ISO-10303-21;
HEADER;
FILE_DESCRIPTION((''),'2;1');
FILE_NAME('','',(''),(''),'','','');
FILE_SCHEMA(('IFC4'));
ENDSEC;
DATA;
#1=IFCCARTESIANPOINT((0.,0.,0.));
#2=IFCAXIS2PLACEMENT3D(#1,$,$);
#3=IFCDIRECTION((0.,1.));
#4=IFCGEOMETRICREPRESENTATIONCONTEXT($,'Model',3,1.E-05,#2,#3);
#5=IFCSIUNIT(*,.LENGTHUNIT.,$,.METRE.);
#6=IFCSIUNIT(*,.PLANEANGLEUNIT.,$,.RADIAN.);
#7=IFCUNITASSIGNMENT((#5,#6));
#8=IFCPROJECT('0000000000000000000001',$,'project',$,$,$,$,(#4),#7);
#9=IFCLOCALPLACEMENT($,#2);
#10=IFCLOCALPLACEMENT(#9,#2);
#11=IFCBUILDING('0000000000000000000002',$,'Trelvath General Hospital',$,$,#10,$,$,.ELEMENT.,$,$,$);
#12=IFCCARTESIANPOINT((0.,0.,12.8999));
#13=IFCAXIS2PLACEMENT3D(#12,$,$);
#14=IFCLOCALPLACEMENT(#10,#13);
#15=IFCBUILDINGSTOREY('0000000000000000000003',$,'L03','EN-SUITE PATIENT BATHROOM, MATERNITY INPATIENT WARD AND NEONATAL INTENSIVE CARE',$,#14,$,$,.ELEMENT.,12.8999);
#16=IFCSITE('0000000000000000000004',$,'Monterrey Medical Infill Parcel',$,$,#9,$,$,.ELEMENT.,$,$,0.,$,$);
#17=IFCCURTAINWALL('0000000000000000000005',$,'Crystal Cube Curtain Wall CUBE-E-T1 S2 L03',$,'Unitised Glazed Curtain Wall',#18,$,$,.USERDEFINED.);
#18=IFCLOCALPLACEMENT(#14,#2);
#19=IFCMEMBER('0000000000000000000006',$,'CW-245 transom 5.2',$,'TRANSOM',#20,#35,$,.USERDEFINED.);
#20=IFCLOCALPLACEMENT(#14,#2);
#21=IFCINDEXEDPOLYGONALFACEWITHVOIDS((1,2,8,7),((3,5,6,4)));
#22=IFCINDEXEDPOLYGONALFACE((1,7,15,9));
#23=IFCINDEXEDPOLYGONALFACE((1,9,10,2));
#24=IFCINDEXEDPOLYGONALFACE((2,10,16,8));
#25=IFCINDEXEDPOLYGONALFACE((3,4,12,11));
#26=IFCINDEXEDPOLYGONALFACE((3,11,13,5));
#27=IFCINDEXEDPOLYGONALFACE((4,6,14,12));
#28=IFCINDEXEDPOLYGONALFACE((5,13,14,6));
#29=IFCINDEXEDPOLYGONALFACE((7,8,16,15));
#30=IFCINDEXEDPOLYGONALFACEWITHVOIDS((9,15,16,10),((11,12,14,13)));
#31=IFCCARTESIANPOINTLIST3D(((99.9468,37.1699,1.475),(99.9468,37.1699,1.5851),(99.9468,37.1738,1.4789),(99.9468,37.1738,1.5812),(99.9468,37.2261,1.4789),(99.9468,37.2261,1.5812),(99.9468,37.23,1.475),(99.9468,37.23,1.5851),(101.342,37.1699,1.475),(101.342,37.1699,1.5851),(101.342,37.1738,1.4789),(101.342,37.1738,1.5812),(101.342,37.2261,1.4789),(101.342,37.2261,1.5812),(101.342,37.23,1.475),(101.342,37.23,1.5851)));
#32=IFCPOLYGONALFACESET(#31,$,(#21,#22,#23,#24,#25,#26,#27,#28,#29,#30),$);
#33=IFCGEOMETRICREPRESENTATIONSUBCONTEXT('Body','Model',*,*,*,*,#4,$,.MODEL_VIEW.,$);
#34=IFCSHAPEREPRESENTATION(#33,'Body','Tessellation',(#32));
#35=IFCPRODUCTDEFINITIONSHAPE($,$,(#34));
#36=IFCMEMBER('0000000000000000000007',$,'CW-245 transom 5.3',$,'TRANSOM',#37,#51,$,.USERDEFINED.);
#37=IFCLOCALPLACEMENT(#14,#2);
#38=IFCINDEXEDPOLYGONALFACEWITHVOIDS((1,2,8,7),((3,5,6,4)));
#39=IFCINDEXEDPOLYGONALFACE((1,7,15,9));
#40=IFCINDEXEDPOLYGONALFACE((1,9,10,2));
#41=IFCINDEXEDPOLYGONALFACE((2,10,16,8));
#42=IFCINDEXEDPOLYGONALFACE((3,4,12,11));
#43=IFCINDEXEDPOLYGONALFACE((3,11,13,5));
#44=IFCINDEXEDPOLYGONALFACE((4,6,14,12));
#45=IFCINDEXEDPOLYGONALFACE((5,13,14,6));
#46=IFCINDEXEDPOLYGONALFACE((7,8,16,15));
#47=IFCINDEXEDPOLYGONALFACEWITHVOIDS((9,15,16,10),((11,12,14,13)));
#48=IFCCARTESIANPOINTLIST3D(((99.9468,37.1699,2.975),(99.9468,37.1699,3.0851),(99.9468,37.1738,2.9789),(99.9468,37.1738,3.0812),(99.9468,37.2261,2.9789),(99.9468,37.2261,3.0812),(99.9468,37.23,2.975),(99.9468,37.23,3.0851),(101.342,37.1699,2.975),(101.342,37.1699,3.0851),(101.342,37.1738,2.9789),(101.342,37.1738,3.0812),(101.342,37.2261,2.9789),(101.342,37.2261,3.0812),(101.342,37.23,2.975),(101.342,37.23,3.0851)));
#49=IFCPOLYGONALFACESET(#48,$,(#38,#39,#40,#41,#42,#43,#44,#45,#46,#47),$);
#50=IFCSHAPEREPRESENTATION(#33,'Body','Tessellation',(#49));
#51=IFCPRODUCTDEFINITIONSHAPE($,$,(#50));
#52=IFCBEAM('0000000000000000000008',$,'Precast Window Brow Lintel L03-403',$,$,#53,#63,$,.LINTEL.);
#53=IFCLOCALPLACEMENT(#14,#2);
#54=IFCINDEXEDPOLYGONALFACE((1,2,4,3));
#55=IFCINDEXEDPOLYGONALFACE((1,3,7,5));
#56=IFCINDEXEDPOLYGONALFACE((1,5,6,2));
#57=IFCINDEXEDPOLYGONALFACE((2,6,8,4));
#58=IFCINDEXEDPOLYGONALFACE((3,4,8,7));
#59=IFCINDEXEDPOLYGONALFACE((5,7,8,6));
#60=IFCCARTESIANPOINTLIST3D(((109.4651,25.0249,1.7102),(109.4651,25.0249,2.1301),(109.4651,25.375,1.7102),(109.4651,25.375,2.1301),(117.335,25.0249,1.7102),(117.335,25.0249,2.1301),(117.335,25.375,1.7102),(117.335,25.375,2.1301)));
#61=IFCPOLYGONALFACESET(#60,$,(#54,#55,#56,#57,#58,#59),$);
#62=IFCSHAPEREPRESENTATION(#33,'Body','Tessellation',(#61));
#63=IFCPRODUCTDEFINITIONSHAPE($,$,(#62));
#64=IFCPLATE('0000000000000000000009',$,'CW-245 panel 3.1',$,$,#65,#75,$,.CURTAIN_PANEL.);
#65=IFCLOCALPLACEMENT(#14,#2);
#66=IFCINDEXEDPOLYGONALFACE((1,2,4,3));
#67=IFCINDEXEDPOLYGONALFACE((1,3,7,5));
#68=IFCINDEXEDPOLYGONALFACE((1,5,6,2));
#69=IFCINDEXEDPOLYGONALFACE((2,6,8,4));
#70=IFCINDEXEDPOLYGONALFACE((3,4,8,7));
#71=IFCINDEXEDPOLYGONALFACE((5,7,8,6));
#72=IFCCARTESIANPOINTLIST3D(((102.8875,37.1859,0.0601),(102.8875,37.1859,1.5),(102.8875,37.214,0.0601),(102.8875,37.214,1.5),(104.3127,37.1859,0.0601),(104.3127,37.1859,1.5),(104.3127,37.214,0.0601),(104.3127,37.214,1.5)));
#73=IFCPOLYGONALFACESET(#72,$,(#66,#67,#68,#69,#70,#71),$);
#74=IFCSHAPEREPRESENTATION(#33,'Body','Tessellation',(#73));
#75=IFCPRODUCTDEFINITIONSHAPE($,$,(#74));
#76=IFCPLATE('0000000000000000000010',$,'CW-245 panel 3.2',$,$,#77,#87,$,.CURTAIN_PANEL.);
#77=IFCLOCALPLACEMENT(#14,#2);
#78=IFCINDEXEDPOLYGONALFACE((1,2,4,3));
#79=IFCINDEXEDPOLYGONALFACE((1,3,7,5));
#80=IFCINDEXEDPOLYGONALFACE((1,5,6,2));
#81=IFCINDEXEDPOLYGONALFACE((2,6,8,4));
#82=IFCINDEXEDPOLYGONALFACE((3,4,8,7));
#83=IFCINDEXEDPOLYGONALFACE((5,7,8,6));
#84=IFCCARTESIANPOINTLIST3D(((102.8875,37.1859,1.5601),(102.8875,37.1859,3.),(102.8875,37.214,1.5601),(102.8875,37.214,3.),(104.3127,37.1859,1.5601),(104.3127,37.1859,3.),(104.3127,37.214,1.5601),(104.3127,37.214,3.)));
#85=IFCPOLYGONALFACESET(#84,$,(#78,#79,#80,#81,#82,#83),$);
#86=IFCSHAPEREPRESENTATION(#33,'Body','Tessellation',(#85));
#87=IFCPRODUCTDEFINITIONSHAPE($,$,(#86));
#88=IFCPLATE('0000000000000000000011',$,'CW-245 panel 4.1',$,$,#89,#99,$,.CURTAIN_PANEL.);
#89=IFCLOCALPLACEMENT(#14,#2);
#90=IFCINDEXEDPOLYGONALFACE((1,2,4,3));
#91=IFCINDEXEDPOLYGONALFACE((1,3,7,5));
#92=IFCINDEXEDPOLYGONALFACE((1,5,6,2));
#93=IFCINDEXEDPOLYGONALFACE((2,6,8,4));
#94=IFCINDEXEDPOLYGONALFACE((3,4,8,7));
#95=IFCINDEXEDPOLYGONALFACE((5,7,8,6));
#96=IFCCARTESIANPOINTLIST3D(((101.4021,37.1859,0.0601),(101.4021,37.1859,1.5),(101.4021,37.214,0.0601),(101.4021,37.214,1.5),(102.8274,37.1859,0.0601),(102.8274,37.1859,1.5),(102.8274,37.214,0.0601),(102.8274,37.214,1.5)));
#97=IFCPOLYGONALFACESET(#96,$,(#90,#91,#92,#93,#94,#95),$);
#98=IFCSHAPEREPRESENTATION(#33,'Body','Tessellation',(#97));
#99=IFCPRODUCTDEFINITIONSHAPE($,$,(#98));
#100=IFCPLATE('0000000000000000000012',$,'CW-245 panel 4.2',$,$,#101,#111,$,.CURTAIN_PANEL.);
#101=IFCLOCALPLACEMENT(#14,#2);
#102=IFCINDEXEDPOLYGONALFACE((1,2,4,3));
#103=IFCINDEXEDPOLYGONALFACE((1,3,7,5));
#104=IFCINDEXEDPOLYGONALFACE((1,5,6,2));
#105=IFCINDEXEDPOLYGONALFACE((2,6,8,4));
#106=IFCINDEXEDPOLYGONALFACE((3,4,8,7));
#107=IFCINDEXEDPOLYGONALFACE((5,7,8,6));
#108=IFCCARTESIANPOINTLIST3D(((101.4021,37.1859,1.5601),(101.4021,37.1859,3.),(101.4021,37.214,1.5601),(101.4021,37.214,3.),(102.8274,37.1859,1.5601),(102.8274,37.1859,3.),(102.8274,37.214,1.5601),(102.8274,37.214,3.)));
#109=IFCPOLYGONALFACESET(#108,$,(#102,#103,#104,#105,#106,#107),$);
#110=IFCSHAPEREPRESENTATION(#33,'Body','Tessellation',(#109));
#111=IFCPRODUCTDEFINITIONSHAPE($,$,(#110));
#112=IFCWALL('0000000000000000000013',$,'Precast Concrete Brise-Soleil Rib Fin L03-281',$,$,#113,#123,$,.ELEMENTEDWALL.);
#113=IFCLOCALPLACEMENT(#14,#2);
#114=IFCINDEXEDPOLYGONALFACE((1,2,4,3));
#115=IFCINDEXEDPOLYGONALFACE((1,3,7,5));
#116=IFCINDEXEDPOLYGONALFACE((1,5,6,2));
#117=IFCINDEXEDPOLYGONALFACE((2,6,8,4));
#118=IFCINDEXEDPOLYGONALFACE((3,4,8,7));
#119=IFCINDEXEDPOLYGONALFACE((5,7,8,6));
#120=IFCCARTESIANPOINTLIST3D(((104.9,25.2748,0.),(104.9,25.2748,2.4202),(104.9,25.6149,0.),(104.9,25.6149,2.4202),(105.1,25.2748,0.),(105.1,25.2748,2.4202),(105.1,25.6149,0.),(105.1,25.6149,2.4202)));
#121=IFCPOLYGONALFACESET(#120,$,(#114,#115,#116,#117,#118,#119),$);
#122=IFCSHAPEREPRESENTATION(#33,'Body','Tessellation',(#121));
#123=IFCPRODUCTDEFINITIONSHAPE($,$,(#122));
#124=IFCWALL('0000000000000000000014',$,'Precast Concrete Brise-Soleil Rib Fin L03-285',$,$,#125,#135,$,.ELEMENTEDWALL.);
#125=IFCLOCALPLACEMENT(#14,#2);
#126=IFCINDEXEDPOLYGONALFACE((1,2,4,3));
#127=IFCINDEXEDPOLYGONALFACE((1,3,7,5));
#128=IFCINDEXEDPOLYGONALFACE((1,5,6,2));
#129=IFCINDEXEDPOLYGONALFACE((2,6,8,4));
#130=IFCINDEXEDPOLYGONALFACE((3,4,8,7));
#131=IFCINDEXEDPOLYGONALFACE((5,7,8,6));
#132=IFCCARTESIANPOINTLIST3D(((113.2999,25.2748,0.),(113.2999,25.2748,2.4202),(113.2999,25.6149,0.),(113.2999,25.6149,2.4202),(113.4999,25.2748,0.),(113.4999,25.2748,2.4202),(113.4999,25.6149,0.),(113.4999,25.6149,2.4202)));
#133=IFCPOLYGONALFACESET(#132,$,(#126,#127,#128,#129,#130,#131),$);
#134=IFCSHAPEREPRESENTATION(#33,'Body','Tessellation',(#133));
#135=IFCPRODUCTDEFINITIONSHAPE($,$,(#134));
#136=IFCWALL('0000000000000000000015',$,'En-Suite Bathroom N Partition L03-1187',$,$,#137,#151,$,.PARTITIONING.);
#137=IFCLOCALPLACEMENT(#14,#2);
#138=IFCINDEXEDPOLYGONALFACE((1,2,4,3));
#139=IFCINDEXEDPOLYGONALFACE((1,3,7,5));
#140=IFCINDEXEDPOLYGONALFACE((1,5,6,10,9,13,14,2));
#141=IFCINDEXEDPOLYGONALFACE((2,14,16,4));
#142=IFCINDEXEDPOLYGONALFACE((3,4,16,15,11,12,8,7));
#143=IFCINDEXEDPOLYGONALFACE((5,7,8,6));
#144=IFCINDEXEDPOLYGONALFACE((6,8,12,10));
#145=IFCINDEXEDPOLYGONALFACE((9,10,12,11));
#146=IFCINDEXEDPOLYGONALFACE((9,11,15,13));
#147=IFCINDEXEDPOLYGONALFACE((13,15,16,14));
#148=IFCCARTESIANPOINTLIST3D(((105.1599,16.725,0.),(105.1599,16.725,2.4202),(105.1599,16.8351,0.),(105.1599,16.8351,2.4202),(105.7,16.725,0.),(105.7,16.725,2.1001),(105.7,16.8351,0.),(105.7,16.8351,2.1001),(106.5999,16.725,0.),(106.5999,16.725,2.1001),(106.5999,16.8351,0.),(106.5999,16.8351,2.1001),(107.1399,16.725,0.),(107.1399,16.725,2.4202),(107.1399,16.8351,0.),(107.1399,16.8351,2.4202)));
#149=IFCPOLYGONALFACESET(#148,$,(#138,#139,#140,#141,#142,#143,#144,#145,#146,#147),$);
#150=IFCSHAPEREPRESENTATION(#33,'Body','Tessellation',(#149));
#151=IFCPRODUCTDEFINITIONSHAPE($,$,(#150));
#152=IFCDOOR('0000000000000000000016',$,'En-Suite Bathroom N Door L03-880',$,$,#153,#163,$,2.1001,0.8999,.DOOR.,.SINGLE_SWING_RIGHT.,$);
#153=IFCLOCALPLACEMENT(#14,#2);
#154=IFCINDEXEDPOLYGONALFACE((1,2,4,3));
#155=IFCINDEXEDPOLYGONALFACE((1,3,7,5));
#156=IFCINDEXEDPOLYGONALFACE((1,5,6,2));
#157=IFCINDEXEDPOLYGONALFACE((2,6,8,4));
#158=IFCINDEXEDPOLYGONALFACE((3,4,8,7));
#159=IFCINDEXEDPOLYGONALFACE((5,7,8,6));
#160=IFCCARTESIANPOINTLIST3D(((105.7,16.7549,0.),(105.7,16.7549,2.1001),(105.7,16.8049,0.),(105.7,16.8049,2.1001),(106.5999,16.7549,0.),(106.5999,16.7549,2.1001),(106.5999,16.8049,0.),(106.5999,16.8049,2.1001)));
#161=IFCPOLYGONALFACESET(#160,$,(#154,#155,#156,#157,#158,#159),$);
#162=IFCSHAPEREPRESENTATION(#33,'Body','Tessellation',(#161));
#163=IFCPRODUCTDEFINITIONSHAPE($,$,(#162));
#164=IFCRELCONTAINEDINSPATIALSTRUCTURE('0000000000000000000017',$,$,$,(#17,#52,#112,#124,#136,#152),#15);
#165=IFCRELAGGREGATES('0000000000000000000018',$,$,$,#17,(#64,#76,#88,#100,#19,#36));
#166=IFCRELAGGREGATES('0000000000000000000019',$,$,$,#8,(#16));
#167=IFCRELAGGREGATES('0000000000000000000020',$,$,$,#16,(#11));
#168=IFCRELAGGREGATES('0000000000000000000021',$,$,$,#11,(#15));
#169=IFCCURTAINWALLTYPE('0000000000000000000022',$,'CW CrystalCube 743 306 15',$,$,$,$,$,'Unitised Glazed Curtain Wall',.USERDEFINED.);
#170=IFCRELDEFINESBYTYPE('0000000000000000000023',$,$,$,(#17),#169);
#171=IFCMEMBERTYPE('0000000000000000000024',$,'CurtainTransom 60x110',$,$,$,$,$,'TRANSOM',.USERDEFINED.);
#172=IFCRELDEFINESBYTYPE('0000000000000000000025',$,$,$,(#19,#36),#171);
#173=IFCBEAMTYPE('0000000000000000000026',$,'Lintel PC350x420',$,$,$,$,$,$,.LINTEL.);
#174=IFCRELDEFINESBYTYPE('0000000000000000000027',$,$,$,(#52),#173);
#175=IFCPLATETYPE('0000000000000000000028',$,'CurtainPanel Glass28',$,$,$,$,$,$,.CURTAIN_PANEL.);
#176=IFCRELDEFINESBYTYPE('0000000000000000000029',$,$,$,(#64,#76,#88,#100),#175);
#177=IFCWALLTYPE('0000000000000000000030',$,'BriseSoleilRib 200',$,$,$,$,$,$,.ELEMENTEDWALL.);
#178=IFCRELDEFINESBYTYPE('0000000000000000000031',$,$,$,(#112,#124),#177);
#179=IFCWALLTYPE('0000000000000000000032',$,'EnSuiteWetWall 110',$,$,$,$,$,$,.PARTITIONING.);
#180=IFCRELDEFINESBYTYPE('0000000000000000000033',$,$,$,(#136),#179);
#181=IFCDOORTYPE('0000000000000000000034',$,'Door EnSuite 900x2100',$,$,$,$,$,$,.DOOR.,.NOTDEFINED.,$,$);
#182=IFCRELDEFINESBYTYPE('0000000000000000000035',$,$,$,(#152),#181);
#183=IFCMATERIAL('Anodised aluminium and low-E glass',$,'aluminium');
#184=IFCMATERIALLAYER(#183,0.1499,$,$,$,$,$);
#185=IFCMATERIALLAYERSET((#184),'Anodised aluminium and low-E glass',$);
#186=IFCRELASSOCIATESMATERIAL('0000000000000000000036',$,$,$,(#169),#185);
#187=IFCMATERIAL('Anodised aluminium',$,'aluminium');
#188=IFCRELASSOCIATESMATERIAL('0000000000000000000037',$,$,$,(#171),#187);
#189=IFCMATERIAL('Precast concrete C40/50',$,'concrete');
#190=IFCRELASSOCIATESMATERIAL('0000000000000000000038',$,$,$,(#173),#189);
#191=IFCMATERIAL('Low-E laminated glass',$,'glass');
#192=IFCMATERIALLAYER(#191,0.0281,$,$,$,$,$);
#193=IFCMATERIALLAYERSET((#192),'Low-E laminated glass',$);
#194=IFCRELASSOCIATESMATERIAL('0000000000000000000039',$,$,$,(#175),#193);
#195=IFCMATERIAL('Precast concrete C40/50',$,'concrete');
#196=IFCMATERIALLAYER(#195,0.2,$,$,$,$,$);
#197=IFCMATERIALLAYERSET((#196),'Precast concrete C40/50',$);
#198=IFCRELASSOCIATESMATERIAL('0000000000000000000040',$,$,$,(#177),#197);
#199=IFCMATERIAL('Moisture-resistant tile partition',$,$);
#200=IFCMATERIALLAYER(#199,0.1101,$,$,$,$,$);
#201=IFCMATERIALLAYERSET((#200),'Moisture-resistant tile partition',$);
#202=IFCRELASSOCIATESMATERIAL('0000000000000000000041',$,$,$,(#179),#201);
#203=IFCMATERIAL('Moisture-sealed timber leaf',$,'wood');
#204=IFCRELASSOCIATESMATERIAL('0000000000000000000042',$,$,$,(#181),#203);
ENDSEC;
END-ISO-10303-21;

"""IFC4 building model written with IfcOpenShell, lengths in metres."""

from ifc_helpers import new_model, si_unit, direction, frame, frame_2d, origin, origin_2d, place, context, subcontext, project, spatial, rectangle, hollow_rectangle, extrude, material, layer, layer_set, material_profile, profile_set, type_object, element, fill, aggregate, save


model = new_model("IFC4")

# Units and contexts
model_context = context("Model", 3, precision=1e-05, world=origin(), true_north=direction((0.0, 1.0)))
body_context = subcontext(model_context, "Body", "Model", "MODEL_VIEW")
ifc_project = project(units=[si_unit("LENGTHUNIT", "METRE"), si_unit("PLANEANGLEUNIT", "RADIAN")], contexts=[model_context])

# Site, building, storey
site_placement = place(None, origin())
site = spatial("IfcSite", under=ifc_project, at=site_placement, Name="Monterrey Medical Infill Parcel", CompositionType="ELEMENT", RefElevation=0.0)
building_placement = place(site_placement, origin())
building = spatial("IfcBuilding", under=site, at=building_placement, Name="Trelvath General Hospital", CompositionType="ELEMENT")
storey_placement = place(building_placement, frame((0.0, 0.0, 12.8999)))
storey = spatial("IfcBuildingStorey", under=building, at=storey_placement, Name="L03", Description="EN-SUITE PATIENT BATHROOM, MATERNITY INPATIENT WARD AND NEONATAL INTENSIVE CARE", CompositionType="ELEMENT", Elevation=12.8999)

# Curtain wall, members
ifc_material_1 = material(Name="Anodised aluminium and low-E glass", Category="aluminium")
ifc_layer_1 = layer(ifc_material_1, 0.1499)
ifc_layer_set_1 = layer_set([ifc_layer_1], Name="Anodised aluminium and low-E glass")
curtain_wall_type = type_object("IfcCurtainWallType", Name="CW CrystalCube 743 306 15", ElementType="Unitised Glazed Curtain Wall", PredefinedType="USERDEFINED", material=ifc_layer_set_1)
curtain_wall_placement = place(storey_placement, origin())
curtain_wall = element("IfcCurtainWall", 1, at=curtain_wall_placement, inside=storey, type_object=curtain_wall_type, Name="Crystal Cube Curtain Wall CUBE-E-T1 S2 L03", ObjectType="Unitised Glazed Curtain Wall", PredefinedType="USERDEFINED")
ifc_material_2 = material(Name="Anodised aluminium", Category="aluminium")
ifc_material_profile_1 = material_profile(ifc_material_2, hollow_rectangle(XDim=0.0601, YDim=0.1101, WallThickness=0.0039, at=origin_2d()), Name="RHS60x110x4")
ifc_profile_set_1 = profile_set([ifc_material_profile_1], Name="Anodised aluminium")
member_type_1 = type_object("IfcMemberType", Name="CurtainTransom 60x110", ElementType="TRANSOM", PredefinedType="USERDEFINED", material=ifc_profile_set_1)
member_1_placement = place(storey_placement, frame((101.342, 37.2, 1.53), z_axis=(-1.0, 0.0, 0.0), x_axis=(0.0, -1.0, 0.0)))
member_1 = element("IfcMember", 2, at=member_1_placement, type_object=member_type_1, Name="CW-245 transom 5.2", ObjectType="TRANSOM", PredefinedType="USERDEFINED", context=body_context, shape_type="SweptSolid", body=[
    extrude(hollow_rectangle(XDim=0.0601, YDim=0.1101, WallThickness=0.0039, at=origin_2d()), origin(), (0.0, 0.0, 1.0), 1.3953),
])
member_2_placement = place(storey_placement, frame((101.342, 37.2, 3.03), z_axis=(-1.0, 0.0, 0.0), x_axis=(0.0, -1.0, 0.0)))
member_2 = element("IfcMember", 3, at=member_2_placement, type_object=member_type_1, Name="CW-245 transom 5.3", ObjectType="TRANSOM", PredefinedType="USERDEFINED", context=body_context, shape_type="SweptSolid", body=[
    extrude(hollow_rectangle(XDim=0.0601, YDim=0.1101, WallThickness=0.0039, at=origin_2d()), origin(), (0.0, 0.0, 1.0), 1.3953),
])

# Beam
ifc_material_3 = material(Name="Precast concrete C40/50", Category="concrete")
ifc_material_profile_2 = material_profile(ifc_material_3, rectangle(XDim=0.3501, YDim=0.4199, at=origin_2d()), Name="PCL350x420")
ifc_profile_set_2 = profile_set([ifc_material_profile_2], Name="Precast concrete C40/50")
beam_type_1 = type_object("IfcBeamType", Name="Lintel PC350x420", PredefinedType="LINTEL", material=ifc_profile_set_2)
beam_1_placement = place(storey_placement, frame((109.4651, 25.2, 1.9202), z_axis=(1.0, 0.0, 0.0), x_axis=(0.0, 1.0, 0.0)))
element("IfcBeam", 4, at=beam_1_placement, inside=storey, type_object=beam_type_1, Name="Precast Window Brow Lintel L03-403", PredefinedType="LINTEL", context=body_context, shape_type="SweptSolid", body=[
    extrude(rectangle(XDim=0.3501, YDim=0.4199, at=origin_2d()), origin(), (0.0, 0.0, 1.0), 7.8699),
])

# Plates
ifc_material_4 = material(Name="Low-E laminated glass", Category="glass")
ifc_layer_2 = layer(ifc_material_4, 0.0281)
ifc_layer_set_2 = layer_set([ifc_layer_2], Name="Low-E laminated glass")
plate_type = type_object("IfcPlateType", Name="CurtainPanel Glass28", PredefinedType="CURTAIN_PANEL", material=ifc_layer_set_2)
plate_1_placement = place(storey_placement, frame((103.6001, 37.2, 0.0601), z_axis=(0.0, 0.0, 1.0), x_axis=(-1.0, 0.0, 0.0)))
plate_1 = element("IfcPlate", 5, at=plate_1_placement, type_object=plate_type, Name="CW-245 panel 3.1", PredefinedType="CURTAIN_PANEL", context=body_context, shape_type="SweptSolid", body=[
    extrude(rectangle(XDim=1.4253, YDim=0.0281, at=origin_2d()), origin(), (0.0, 0.0, 1.0), 1.4399),
])
plate_2_placement = place(storey_placement, frame((103.6001, 37.2, 1.5601), z_axis=(0.0, 0.0, 1.0), x_axis=(-1.0, 0.0, 0.0)))
plate_2 = element("IfcPlate", 6, at=plate_2_placement, type_object=plate_type, Name="CW-245 panel 3.2", PredefinedType="CURTAIN_PANEL", context=body_context, shape_type="SweptSolid", body=[
    extrude(rectangle(XDim=1.4253, YDim=0.0281, at=origin_2d()), origin(), (0.0, 0.0, 1.0), 1.4399),
])
plate_3_placement = place(storey_placement, frame((102.1147, 37.2, 0.0601), z_axis=(0.0, 0.0, 1.0), x_axis=(-1.0, 0.0, 0.0)))
plate_3 = element("IfcPlate", 7, at=plate_3_placement, type_object=plate_type, Name="CW-245 panel 4.1", PredefinedType="CURTAIN_PANEL", context=body_context, shape_type="SweptSolid", body=[
    extrude(rectangle(XDim=1.4253, YDim=0.0281, at=origin_2d()), origin(), (0.0, 0.0, 1.0), 1.4399),
])
plate_4_placement = place(storey_placement, frame((102.1147, 37.2, 1.5601), z_axis=(0.0, 0.0, 1.0), x_axis=(-1.0, 0.0, 0.0)))
plate_4 = element("IfcPlate", 8, at=plate_4_placement, type_object=plate_type, Name="CW-245 panel 4.2", PredefinedType="CURTAIN_PANEL", context=body_context, shape_type="SweptSolid", body=[
    extrude(rectangle(XDim=1.4253, YDim=0.0281, at=origin_2d()), origin(), (0.0, 0.0, 1.0), 1.4399),
])
aggregate(curtain_wall, [plate_1, plate_2, plate_3, plate_4, member_1, member_2])

# Walls
ifc_material_5 = material(Name="Precast concrete C40/50", Category="concrete")
ifc_layer_3 = layer(ifc_material_5, 0.2)
ifc_layer_set_3 = layer_set([ifc_layer_3], Name="Precast concrete C40/50")
wall_type_1 = type_object("IfcWallType", Name="BriseSoleilRib 200", PredefinedType="ELEMENTEDWALL", material=ifc_layer_set_3)
for number, where, z_axis, x_axis, name in (
    (9, (105.0, 25.2749, 0.0), (0.0, 0.0, 1.0), (0.0, 1.0, 0.0), "Precast Concrete Brise-Soleil Rib Fin L03-281"),
    (10, (113.3999, 25.2749, 0.0), (0.0, 0.0, 1.0), (0.0, 1.0, 0.0), "Precast Concrete Brise-Soleil Rib Fin L03-285"),
):
    element("IfcWall", number, at=place(storey_placement, frame(where, z_axis=z_axis, x_axis=x_axis)), inside=storey, type_object=wall_type_1, Name=name, PredefinedType="ELEMENTEDWALL", context=body_context, shape_type="SweptSolid", body=[
        extrude(rectangle(XDim=0.3401, YDim=0.2, at=frame_2d((0.1699, 0.0))), origin(), (0.0, 0.0, 1.0), 2.4202),
    ])

# Wall, opening, door
ifc_material_6 = material(Name="Moisture-resistant tile partition")
ifc_layer_4 = layer(ifc_material_6, 0.1101)
ifc_layer_set_4 = layer_set([ifc_layer_4], Name="Moisture-resistant tile partition")
wall_type_2 = type_object("IfcWallType", Name="EnSuiteWetWall 110", PredefinedType="PARTITIONING", material=ifc_layer_set_4)
wall_1_placement = place(storey_placement, frame((105.1599, 16.78, 0.0), z_axis=(0.0, 0.0, 1.0), x_axis=(1.0, 0.0, 0.0)))
wall_1 = element("IfcWall", 11, at=wall_1_placement, inside=storey, type_object=wall_type_2, Name="En-Suite Bathroom N Partition L03-1187", PredefinedType="PARTITIONING", context=body_context, shape_type="SweptSolid", body=[
    extrude(rectangle(XDim=1.98, YDim=0.1101, at=frame_2d((0.99, 0.0))), origin(), (0.0, 0.0, 1.0), 2.4202),
])
opening_1_placement = place(wall_1_placement, frame((0.54, 0.0, 0.0)))
opening_1 = element("IfcOpeningElement", 12, at=opening_1_placement, cuts=wall_1, PredefinedType="OPENING", context=body_context, shape_type="SweptSolid", body=[
    extrude(rectangle(XDim=0.8999, YDim=2.1001, at=frame_2d((0.45, 1.05))), frame((0.0, 0.0649, 0.0), z_axis=(0.0, -1.0, 0.0), x_axis=(1.0, 0.0, 0.0)), (0.0, 0.0, 1.0), 0.1301),
])
ifc_material_7 = material(Name="Moisture-sealed timber leaf", Category="wood")
door_type = type_object("IfcDoorType", Name="Door EnSuite 900x2100", OperationType="NOTDEFINED", PredefinedType="DOOR", material=ifc_material_7)
door_placement = place(opening_1_placement, origin())
door = element("IfcDoor", 13, at=door_placement, inside=storey, type_object=door_type, Name="En-Suite Bathroom N Door L03-880", OperationType="SINGLE_SWING_RIGHT", OverallHeight=2.1001, OverallWidth=0.8999, PredefinedType="DOOR", context=body_context, shape_type="SweptSolid", body=[
    extrude(rectangle(XDim=0.8999, YDim=2.1001, at=frame_2d((0.45, 1.05))), frame((0.0, 0.0249, 0.0), z_axis=(0.0, -1.0, 0.0), x_axis=(1.0, 0.0, 0.0)), (0.0, 0.0, 1.0), 0.05),
])
fill(opening_1, door)

save(model, "model.ifc")
